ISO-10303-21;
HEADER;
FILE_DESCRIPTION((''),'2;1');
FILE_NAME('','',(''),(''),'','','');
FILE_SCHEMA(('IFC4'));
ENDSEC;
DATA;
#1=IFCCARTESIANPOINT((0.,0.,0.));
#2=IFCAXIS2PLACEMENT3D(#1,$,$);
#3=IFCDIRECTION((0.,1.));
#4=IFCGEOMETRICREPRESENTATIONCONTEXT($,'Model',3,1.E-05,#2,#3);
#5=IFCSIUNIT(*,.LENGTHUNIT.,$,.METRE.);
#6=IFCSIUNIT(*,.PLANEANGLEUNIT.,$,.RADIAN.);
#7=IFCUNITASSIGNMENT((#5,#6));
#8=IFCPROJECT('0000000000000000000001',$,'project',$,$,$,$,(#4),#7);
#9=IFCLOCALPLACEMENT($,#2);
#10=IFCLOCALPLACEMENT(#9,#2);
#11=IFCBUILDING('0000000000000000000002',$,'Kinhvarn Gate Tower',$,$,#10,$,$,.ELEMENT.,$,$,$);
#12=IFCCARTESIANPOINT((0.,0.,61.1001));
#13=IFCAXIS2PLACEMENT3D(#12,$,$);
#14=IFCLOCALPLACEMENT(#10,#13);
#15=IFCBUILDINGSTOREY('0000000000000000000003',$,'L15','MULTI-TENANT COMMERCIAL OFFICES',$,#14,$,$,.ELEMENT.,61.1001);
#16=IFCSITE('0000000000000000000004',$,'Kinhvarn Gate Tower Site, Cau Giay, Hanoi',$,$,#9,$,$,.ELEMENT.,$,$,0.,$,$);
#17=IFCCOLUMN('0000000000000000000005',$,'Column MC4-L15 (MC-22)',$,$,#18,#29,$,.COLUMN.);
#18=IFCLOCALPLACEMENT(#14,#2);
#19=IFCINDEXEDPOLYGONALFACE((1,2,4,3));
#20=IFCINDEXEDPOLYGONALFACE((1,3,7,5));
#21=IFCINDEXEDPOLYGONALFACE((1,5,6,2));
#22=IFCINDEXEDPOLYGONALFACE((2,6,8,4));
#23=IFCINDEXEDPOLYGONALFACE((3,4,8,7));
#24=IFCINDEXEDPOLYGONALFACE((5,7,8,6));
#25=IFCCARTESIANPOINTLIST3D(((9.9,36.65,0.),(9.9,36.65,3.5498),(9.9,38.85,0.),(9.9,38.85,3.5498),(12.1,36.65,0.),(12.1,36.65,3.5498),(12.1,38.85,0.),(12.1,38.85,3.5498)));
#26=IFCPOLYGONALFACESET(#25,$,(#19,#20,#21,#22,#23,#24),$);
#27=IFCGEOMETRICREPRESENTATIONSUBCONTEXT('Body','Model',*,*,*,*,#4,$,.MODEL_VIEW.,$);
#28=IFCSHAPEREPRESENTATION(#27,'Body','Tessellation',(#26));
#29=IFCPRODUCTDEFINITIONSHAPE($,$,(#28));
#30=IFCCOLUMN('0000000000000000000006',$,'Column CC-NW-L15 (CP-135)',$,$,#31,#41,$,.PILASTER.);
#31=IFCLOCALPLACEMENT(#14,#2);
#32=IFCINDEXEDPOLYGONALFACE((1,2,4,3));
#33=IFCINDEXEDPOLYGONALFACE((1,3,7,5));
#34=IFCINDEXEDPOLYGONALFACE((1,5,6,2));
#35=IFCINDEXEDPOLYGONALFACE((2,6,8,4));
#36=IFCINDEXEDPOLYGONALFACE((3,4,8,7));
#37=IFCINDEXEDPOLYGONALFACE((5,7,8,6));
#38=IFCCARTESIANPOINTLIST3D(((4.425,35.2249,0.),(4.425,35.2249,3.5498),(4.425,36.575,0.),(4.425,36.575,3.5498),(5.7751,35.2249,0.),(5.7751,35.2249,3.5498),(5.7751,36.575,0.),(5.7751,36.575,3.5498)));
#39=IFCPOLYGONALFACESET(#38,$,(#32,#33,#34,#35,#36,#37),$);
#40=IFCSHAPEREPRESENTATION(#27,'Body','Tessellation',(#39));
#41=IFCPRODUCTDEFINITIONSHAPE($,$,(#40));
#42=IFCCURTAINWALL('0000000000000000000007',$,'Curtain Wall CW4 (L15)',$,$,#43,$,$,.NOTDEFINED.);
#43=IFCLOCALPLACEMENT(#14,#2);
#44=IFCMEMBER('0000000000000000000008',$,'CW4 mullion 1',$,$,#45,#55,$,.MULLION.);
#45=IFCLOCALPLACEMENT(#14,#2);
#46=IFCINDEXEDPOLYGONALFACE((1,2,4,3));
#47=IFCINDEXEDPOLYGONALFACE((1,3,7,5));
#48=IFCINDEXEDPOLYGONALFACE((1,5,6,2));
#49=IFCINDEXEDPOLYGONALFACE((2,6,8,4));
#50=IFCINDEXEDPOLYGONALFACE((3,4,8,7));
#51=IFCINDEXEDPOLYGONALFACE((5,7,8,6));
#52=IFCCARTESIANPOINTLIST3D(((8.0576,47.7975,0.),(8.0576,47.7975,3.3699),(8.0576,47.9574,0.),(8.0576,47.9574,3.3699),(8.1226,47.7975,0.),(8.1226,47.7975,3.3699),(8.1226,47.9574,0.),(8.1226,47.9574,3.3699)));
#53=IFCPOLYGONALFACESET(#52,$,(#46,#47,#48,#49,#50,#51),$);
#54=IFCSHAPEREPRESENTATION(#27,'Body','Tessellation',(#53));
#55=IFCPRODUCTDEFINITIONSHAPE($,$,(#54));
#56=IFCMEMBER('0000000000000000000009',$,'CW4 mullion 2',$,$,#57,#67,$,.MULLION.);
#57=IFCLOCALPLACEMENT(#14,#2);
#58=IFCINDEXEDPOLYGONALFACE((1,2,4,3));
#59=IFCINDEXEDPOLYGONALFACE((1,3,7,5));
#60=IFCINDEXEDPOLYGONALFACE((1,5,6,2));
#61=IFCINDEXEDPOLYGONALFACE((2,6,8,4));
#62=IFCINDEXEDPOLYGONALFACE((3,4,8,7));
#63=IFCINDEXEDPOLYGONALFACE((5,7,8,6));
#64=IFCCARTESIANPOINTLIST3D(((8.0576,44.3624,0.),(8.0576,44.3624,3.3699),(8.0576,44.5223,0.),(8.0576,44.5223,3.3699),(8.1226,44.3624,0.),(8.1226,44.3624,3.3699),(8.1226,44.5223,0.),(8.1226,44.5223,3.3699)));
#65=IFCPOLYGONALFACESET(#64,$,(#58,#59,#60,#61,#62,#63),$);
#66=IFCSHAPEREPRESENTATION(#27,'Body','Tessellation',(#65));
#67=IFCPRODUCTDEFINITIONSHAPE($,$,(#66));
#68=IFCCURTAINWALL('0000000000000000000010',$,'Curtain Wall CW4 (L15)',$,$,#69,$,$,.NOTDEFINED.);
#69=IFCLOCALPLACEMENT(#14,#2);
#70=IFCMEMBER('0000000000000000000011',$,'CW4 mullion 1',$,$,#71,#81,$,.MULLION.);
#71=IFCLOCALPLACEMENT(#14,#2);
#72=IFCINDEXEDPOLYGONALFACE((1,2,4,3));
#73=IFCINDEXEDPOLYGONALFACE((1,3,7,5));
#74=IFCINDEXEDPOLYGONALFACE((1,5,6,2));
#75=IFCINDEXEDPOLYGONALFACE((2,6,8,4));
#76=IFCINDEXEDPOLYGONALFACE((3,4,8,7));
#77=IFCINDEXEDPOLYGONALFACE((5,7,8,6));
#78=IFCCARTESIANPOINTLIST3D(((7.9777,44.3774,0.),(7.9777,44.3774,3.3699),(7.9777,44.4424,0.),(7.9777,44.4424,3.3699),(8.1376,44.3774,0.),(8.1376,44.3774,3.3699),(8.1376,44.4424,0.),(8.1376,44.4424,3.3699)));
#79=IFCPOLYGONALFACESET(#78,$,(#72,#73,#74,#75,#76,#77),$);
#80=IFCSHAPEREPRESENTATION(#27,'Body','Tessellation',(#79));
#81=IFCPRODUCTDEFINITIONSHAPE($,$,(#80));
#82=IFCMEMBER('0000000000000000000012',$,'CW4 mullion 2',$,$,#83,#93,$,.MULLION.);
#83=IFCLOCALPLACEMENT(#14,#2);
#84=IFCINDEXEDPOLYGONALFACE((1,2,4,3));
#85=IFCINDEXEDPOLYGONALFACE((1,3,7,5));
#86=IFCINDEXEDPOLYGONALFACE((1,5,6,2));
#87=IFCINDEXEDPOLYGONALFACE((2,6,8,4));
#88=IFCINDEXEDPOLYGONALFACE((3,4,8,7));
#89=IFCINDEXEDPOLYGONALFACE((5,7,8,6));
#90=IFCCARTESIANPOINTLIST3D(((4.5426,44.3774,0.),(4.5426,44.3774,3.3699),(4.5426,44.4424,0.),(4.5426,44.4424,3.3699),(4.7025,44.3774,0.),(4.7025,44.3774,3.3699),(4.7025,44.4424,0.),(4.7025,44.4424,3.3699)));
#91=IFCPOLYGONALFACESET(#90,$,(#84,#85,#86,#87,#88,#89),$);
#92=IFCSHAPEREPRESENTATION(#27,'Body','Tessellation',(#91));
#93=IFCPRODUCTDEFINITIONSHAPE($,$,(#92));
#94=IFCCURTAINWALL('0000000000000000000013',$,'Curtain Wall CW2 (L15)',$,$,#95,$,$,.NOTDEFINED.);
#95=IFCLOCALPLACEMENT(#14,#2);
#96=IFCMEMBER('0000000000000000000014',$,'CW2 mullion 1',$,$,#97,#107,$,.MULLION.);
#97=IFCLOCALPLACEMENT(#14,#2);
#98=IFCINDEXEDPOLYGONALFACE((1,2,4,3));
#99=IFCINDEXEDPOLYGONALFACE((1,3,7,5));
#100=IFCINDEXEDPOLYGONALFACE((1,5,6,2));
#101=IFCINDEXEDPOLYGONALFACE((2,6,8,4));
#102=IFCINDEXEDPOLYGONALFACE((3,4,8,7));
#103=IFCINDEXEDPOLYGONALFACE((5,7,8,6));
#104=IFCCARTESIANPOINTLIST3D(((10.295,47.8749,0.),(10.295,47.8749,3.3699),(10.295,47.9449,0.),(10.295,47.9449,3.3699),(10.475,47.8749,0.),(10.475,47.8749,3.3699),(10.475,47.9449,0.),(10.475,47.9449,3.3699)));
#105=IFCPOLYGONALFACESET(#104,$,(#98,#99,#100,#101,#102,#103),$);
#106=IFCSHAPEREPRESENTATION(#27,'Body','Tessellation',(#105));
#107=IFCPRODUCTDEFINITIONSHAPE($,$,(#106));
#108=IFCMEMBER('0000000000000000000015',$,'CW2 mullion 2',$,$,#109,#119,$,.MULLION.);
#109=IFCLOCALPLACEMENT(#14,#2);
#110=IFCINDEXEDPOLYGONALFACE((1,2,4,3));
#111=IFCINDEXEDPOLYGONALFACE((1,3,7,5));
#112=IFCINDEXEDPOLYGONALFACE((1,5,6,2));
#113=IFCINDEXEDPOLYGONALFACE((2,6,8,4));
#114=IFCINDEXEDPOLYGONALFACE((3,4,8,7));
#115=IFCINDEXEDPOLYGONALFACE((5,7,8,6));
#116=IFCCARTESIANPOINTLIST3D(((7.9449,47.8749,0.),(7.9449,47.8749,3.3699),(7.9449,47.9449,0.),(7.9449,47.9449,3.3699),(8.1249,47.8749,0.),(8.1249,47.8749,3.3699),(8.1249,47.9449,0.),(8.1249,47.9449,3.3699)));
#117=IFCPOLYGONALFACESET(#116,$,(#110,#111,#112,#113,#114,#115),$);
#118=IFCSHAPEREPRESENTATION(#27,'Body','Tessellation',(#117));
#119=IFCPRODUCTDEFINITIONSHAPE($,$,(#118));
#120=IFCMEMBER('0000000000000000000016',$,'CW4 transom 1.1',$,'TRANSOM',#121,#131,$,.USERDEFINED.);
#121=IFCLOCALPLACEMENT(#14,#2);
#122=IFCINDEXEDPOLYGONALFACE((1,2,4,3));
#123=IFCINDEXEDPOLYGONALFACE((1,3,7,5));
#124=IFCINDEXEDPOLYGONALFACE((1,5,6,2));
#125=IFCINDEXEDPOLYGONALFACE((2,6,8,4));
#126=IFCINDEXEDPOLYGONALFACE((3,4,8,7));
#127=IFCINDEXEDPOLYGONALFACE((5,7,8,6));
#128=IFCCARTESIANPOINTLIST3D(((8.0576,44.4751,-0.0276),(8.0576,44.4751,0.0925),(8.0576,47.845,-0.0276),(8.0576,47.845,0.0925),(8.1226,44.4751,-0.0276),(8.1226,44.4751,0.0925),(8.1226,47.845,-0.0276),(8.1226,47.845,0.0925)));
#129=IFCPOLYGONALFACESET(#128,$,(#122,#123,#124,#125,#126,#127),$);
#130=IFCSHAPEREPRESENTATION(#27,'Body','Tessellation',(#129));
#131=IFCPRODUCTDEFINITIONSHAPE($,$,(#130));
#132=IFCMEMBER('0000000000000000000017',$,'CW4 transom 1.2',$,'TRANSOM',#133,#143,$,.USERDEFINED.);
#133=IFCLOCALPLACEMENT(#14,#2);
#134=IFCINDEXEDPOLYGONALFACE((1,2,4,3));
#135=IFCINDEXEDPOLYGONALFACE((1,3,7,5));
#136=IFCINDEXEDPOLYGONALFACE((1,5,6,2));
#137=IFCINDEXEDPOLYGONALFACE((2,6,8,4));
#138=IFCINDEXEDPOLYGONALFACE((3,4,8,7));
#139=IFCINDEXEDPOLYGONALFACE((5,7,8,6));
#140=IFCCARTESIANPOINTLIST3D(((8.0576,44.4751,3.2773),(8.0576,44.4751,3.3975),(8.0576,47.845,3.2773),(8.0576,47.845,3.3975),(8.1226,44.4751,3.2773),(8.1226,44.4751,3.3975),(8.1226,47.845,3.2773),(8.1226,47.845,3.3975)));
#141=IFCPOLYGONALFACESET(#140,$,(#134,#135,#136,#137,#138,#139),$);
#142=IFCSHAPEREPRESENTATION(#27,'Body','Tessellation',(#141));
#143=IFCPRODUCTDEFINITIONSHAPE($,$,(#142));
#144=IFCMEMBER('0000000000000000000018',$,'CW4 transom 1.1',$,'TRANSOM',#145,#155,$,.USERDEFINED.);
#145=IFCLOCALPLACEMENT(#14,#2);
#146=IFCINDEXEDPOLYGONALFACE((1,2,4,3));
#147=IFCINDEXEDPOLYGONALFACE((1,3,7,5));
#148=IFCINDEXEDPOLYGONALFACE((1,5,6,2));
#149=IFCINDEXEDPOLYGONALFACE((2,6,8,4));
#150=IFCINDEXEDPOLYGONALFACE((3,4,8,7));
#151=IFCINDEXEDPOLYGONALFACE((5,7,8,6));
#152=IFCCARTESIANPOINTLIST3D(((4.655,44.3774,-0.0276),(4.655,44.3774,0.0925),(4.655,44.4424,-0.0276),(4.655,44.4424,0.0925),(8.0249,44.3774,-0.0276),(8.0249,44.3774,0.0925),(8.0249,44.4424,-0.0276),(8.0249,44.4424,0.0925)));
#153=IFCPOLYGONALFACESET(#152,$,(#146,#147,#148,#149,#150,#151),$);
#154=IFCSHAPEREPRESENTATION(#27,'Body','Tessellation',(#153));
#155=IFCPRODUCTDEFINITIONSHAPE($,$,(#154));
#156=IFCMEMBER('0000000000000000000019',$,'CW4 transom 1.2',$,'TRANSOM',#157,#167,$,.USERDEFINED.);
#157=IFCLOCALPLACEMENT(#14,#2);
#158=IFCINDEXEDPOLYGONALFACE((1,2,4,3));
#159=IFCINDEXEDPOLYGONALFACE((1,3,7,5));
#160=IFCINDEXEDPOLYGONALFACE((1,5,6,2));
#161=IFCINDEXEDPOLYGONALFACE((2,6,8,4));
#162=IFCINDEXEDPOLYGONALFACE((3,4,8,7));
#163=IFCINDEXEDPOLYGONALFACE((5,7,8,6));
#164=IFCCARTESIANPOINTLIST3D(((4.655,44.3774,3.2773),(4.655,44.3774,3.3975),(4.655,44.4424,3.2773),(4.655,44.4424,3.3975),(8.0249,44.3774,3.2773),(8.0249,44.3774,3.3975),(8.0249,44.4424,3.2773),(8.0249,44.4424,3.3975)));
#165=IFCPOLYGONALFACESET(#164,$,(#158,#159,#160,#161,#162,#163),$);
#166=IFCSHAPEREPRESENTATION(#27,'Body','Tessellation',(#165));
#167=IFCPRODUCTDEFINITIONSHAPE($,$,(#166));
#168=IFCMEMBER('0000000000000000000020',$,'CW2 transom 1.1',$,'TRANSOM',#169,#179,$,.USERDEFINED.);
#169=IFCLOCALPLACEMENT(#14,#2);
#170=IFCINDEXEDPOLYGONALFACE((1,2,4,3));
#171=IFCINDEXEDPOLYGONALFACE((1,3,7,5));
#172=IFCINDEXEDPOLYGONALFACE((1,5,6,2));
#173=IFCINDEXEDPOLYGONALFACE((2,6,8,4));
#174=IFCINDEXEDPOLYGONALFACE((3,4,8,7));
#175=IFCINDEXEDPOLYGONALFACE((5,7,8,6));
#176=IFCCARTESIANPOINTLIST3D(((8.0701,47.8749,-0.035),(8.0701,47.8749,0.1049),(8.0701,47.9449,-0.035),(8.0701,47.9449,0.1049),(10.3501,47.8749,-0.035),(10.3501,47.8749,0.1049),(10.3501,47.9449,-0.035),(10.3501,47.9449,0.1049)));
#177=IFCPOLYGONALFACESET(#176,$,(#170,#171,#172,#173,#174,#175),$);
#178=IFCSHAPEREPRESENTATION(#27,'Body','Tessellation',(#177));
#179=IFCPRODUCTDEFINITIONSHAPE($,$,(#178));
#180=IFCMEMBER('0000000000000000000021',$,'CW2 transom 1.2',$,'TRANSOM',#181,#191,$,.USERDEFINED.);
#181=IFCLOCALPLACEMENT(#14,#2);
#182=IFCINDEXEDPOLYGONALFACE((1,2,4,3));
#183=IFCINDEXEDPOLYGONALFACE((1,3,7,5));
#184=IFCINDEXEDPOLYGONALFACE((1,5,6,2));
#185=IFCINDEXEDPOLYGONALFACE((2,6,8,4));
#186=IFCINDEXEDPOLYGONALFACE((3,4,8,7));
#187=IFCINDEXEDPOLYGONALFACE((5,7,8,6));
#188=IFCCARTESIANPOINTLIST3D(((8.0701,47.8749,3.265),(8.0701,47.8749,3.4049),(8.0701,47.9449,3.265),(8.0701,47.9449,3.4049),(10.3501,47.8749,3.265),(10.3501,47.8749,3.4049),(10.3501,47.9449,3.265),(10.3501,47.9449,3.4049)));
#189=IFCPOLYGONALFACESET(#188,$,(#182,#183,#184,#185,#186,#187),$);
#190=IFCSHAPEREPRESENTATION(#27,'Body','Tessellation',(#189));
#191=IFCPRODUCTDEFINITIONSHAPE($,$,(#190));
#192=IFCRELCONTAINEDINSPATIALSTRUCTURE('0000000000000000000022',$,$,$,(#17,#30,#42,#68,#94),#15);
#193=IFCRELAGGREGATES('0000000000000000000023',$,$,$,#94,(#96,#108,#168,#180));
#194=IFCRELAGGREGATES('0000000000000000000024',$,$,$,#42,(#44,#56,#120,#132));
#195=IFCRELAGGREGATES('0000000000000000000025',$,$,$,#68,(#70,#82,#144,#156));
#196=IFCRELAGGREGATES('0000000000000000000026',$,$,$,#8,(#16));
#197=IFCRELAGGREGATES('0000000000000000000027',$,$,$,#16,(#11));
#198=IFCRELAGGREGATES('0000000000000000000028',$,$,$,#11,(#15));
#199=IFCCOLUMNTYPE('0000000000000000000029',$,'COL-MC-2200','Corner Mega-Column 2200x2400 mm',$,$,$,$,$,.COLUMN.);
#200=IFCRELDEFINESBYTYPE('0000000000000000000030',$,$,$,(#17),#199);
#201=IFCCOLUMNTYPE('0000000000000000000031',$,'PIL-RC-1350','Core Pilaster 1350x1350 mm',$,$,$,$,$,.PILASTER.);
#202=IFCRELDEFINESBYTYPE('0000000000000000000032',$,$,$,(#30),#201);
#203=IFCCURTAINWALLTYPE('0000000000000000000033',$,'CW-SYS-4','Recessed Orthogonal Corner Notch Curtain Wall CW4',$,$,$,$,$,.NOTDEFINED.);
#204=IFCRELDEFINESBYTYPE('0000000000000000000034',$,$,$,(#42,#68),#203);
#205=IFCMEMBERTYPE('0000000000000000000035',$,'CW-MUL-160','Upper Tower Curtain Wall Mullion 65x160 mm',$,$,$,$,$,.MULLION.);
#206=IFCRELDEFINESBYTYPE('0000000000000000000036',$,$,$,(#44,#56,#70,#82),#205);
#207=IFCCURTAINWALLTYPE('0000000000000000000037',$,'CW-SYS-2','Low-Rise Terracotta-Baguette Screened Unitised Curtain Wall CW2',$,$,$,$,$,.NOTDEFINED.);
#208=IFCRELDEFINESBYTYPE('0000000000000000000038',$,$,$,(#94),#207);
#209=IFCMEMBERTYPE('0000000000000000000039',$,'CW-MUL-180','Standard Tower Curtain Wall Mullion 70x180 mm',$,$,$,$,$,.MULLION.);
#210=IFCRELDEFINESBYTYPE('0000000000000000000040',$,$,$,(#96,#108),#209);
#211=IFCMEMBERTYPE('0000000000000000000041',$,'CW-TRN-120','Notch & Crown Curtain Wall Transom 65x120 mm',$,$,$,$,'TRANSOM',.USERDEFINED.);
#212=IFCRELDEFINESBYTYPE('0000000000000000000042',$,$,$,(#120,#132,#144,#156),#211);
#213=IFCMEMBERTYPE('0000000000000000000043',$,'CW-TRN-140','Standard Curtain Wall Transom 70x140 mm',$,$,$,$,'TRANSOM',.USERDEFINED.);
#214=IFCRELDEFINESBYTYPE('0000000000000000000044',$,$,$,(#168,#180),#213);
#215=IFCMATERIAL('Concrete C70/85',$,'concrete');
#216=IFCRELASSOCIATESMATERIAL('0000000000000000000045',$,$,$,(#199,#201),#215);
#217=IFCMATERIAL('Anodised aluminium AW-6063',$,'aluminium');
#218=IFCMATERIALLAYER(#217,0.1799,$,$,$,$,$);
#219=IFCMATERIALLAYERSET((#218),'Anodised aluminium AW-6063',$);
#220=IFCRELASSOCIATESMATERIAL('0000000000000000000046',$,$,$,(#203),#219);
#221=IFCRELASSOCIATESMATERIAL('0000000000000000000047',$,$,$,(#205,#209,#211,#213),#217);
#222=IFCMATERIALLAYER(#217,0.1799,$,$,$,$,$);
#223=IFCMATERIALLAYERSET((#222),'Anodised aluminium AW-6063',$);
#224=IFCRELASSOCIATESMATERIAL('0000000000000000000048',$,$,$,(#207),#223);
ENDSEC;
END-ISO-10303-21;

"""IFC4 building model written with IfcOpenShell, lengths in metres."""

from ifc_helpers import new_model, si_unit, direction, frame, origin, origin_2d, place, context, subcontext, project, spatial, rectangle, extrude, material, layer, layer_set, material_profile, profile_set, type_object, element, aggregate, save


model = new_model("IFC4")

# Units and contexts
model_context = context("Model", 3, precision=1e-05, world=origin(), true_north=direction((0.0, 1.0)))
body_context = subcontext(model_context, "Body", "Model", "MODEL_VIEW")
ifc_project = project(units=[si_unit("LENGTHUNIT", "METRE"), si_unit("PLANEANGLEUNIT", "RADIAN")], contexts=[model_context])

# Site, building, storey
site_placement = place(None, origin())
site = spatial("IfcSite", under=ifc_project, at=site_placement, Name="Kinhvarn Gate Tower Site, Cau Giay, Hanoi", CompositionType="ELEMENT", RefElevation=0.0)
building_placement = place(site_placement, origin())
building = spatial("IfcBuilding", under=site, at=building_placement, Name="Kinhvarn Gate Tower", CompositionType="ELEMENT")
storey_placement = place(building_placement, frame((0.0, 0.0, 61.1001)))
storey = spatial("IfcBuildingStorey", under=building, at=storey_placement, Name="L15", Description="MULTI-TENANT COMMERCIAL OFFICES", CompositionType="ELEMENT", Elevation=61.1001)

# Columns
ifc_material_1 = material(Name="Concrete C70/85", Category="concrete")
ifc_material_profile_1 = material_profile(ifc_material_1, rectangle(XDim=2.2, YDim=2.2, at=origin_2d()), Name="RC 2200x2200")
ifc_profile_set_1 = profile_set([ifc_material_profile_1], Name="Concrete C70/85")
column_type_1 = type_object("IfcColumnType", Name="COL-MC-2200", Description="Corner Mega-Column 2200x2400 mm", PredefinedType="COLUMN", material=ifc_profile_set_1)
column_1_placement = place(storey_placement, frame((11.0, 37.75, 0.0), z_axis=(0.0, 0.0, 1.0), x_axis=(1.0, 0.0, 0.0)))
element("IfcColumn", 1, at=column_1_placement, inside=storey, type_object=column_type_1, Name="Column MC4-L15 (MC-22)", PredefinedType="COLUMN", context=body_context, shape_type="SweptSolid", body=[
    extrude(rectangle(XDim=2.2, YDim=2.2, at=origin_2d()), origin(), (0.0, 0.0, 1.0), 3.5498),
])
ifc_material_profile_2 = material_profile(ifc_material_1, rectangle(XDim=1.3501, YDim=1.3501, at=origin_2d()), Name="RC 1350x1350")
ifc_profile_set_2 = profile_set([ifc_material_profile_2], Name="Concrete C70/85")
column_type_2 = type_object("IfcColumnType", Name="PIL-RC-1350", Description="Core Pilaster 1350x1350 mm", PredefinedType="PILASTER", material=ifc_profile_set_2)
column_2_placement = place(storey_placement, frame((5.1001, 35.8999, 0.0), z_axis=(0.0, 0.0, 1.0), x_axis=(1.0, 0.0, 0.0)))
element("IfcColumn", 2, at=column_2_placement, inside=storey, type_object=column_type_2, Name="Column CC-NW-L15 (CP-135)", PredefinedType="PILASTER", context=body_context, shape_type="SweptSolid", body=[
    extrude(rectangle(XDim=1.3501, YDim=1.3501, at=origin_2d()), origin(), (0.0, 0.0, 1.0), 3.5498),
])

# Curtain walls, members
ifc_material_2 = material(Name="Anodised aluminium AW-6063", Category="aluminium")
ifc_layer_1 = layer(ifc_material_2, 0.1799)
ifc_layer_set_1 = layer_set([ifc_layer_1], Name="Anodised aluminium AW-6063")
curtain_wall_type_1 = type_object("IfcCurtainWallType", Name="CW-SYS-4", Description="Recessed Orthogonal Corner Notch Curtain Wall CW4", PredefinedType="NOTDEFINED", material=ifc_layer_set_1)
curtain_wall_1_placement = place(storey_placement, origin())
curtain_wall_1 = element("IfcCurtainWall", 3, at=curtain_wall_1_placement, inside=storey, type_object=curtain_wall_type_1, Name="Curtain Wall CW4 (L15)", PredefinedType="NOTDEFINED")
ifc_material_profile_3 = material_profile(ifc_material_2, rectangle(XDim=0.0649, YDim=0.1599, at=origin_2d()), Name="ALU 65x160")
ifc_profile_set_3 = profile_set([ifc_material_profile_3], Name="Anodised aluminium AW-6063")
member_type_1 = type_object("IfcMemberType", Name="CW-MUL-160", Description="Upper Tower Curtain Wall Mullion 65x160 mm", PredefinedType="MULLION", material=ifc_profile_set_3)
member_1_placement = place(storey_placement, frame((8.0901, 47.8774, 0.0), z_axis=(0.0, 0.0, 1.0), x_axis=(1.0, 0.0, 0.0)))
member_1 = element("IfcMember", 4, at=member_1_placement, type_object=member_type_1, Name="CW4 mullion 1", PredefinedType="MULLION", context=body_context, shape_type="SweptSolid", body=[
    extrude(rectangle(XDim=0.0649, YDim=0.1599, at=origin_2d()), origin(), (0.0, 0.0, 1.0), 3.3699),
])
member_2_placement = place(storey_placement, frame((8.0901, 44.4424, 0.0), z_axis=(0.0, 0.0, 1.0), x_axis=(1.0, 0.0, 0.0)))
member_2 = element("IfcMember", 5, at=member_2_placement, type_object=member_type_1, Name="CW4 mullion 2", PredefinedType="MULLION", context=body_context, shape_type="SweptSolid", body=[
    extrude(rectangle(XDim=0.0649, YDim=0.1599, at=origin_2d()), origin(), (0.0, 0.0, 1.0), 3.3699),
])
curtain_wall_2_placement = place(storey_placement, origin())
curtain_wall_2 = element("IfcCurtainWall", 6, at=curtain_wall_2_placement, inside=storey, type_object=curtain_wall_type_1, Name="Curtain Wall CW4 (L15)", PredefinedType="NOTDEFINED")
member_3_placement = place(storey_placement, frame((8.0576, 44.4099, 0.0), z_axis=(0.0, 0.0, 1.0), x_axis=(0.0, -1.0, 0.0)))
member_3 = element("IfcMember", 7, at=member_3_placement, type_object=member_type_1, Name="CW4 mullion 1", PredefinedType="MULLION", context=body_context, shape_type="SweptSolid", body=[
    extrude(rectangle(XDim=0.0649, YDim=0.1599, at=origin_2d()), origin(), (0.0, 0.0, 1.0), 3.3699),
])
member_4_placement = place(storey_placement, frame((4.6226, 44.4099, 0.0), z_axis=(0.0, 0.0, 1.0), x_axis=(0.0, -1.0, 0.0)))
member_4 = element("IfcMember", 8, at=member_4_placement, type_object=member_type_1, Name="CW4 mullion 2", PredefinedType="MULLION", context=body_context, shape_type="SweptSolid", body=[
    extrude(rectangle(XDim=0.0649, YDim=0.1599, at=origin_2d()), origin(), (0.0, 0.0, 1.0), 3.3699),
])
ifc_layer_2 = layer(ifc_material_2, 0.1799)
ifc_layer_set_2 = layer_set([ifc_layer_2], Name="Anodised aluminium AW-6063")
curtain_wall_type_2 = type_object("IfcCurtainWallType", Name="CW-SYS-2", Description="Low-Rise Terracotta-Baguette Screened Unitised Curtain Wall CW2", PredefinedType="NOTDEFINED", material=ifc_layer_set_2)
curtain_wall_3_placement = place(storey_placement, origin())
curtain_wall_3 = element("IfcCurtainWall", 9, at=curtain_wall_3_placement, inside=storey, type_object=curtain_wall_type_2, Name="Curtain Wall CW2 (L15)", PredefinedType="NOTDEFINED")
ifc_material_profile_4 = material_profile(ifc_material_2, rectangle(XDim=0.0701, YDim=0.1799, at=origin_2d()), Name="ALU 70x180")
ifc_profile_set_4 = profile_set([ifc_material_profile_4], Name="Anodised aluminium AW-6063")
member_type_2 = type_object("IfcMemberType", Name="CW-MUL-180", Description="Standard Tower Curtain Wall Mullion 70x180 mm", PredefinedType="MULLION", material=ifc_profile_set_4)
member_5_placement = place(storey_placement, frame((10.385, 47.9099, 0.0), z_axis=(0.0, 0.0, 1.0), x_axis=(0.0, -1.0, 0.0)))
member_5 = element("IfcMember", 10, at=member_5_placement, type_object=member_type_2, Name="CW2 mullion 1", PredefinedType="MULLION", context=body_context, shape_type="SweptSolid", body=[
    extrude(rectangle(XDim=0.0701, YDim=0.1799, at=origin_2d()), origin(), (0.0, 0.0, 1.0), 3.3699),
])
member_6_placement = place(storey_placement, frame((8.0349, 47.9099, 0.0), z_axis=(0.0, 0.0, 1.0), x_axis=(0.0, -1.0, 0.0)))
member_6 = element("IfcMember", 11, at=member_6_placement, type_object=member_type_2, Name="CW2 mullion 2", PredefinedType="MULLION", context=body_context, shape_type="SweptSolid", body=[
    extrude(rectangle(XDim=0.0701, YDim=0.1799, at=origin_2d()), origin(), (0.0, 0.0, 1.0), 3.3699),
])

# Members
ifc_material_profile_5 = material_profile(ifc_material_2, rectangle(XDim=0.0649, YDim=0.1201, at=origin_2d()), Name="ALU 65x120")
ifc_profile_set_5 = profile_set([ifc_material_profile_5], Name="Anodised aluminium AW-6063")
member_type_3 = type_object("IfcMemberType", Name="CW-TRN-120", Description="Notch & Crown Curtain Wall Transom 65x120 mm", ElementType="TRANSOM", PredefinedType="USERDEFINED", material=ifc_profile_set_5)
member_7_placement = place(storey_placement, frame((8.0901, 47.845, 0.0325), z_axis=(0.0, -1.0, 0.0), x_axis=(1.0, 0.0, 0.0)))
member_7 = element("IfcMember", 12, at=member_7_placement, type_object=member_type_3, Name="CW4 transom 1.1", ObjectType="TRANSOM", PredefinedType="USERDEFINED", context=body_context, shape_type="SweptSolid", body=[
    extrude(rectangle(XDim=0.0649, YDim=0.1201, at=origin_2d()), origin(), (0.0, 0.0, 1.0), 3.3699),
])
member_8_placement = place(storey_placement, frame((8.0901, 47.845, 3.3374), z_axis=(0.0, -1.0, 0.0), x_axis=(1.0, 0.0, 0.0)))
member_8 = element("IfcMember", 13, at=member_8_placement, type_object=member_type_3, Name="CW4 transom 1.2", ObjectType="TRANSOM", PredefinedType="USERDEFINED", context=body_context, shape_type="SweptSolid", body=[
    extrude(rectangle(XDim=0.0649, YDim=0.1201, at=origin_2d()), origin(), (0.0, 0.0, 1.0), 3.3699),
])
member_9_placement = place(storey_placement, frame((8.0249, 44.4099, 0.0325), z_axis=(-1.0, 0.0, 0.0), x_axis=(0.0, -1.0, 0.0)))
member_9 = element("IfcMember", 14, at=member_9_placement, type_object=member_type_3, Name="CW4 transom 1.1", ObjectType="TRANSOM", PredefinedType="USERDEFINED", context=body_context, shape_type="SweptSolid", body=[
    extrude(rectangle(XDim=0.0649, YDim=0.1201, at=origin_2d()), origin(), (0.0, 0.0, 1.0), 3.3699),
])
member_10_placement = place(storey_placement, frame((8.0249, 44.4099, 3.3374), z_axis=(-1.0, 0.0, 0.0), x_axis=(0.0, -1.0, 0.0)))
member_10 = element("IfcMember", 15, at=member_10_placement, type_object=member_type_3, Name="CW4 transom 1.2", ObjectType="TRANSOM", PredefinedType="USERDEFINED", context=body_context, shape_type="SweptSolid", body=[
    extrude(rectangle(XDim=0.0649, YDim=0.1201, at=origin_2d()), origin(), (0.0, 0.0, 1.0), 3.3699),
])
ifc_material_profile_6 = material_profile(ifc_material_2, rectangle(XDim=0.0701, YDim=0.1399, at=origin_2d()), Name="ALU 70x140")
ifc_profile_set_6 = profile_set([ifc_material_profile_6], Name="Anodised aluminium AW-6063")
member_type_4 = type_object("IfcMemberType", Name="CW-TRN-140", Description="Standard Curtain Wall Transom 70x140 mm", ElementType="TRANSOM", PredefinedType="USERDEFINED", material=ifc_profile_set_6)
member_11_placement = place(storey_placement, frame((10.3501, 47.9099, 0.0349), z_axis=(-1.0, 0.0, 0.0), x_axis=(0.0, -1.0, 0.0)))
member_11 = element("IfcMember", 16, at=member_11_placement, type_object=member_type_4, Name="CW2 transom 1.1", ObjectType="TRANSOM", PredefinedType="USERDEFINED", context=body_context, shape_type="SweptSolid", body=[
    extrude(rectangle(XDim=0.0701, YDim=0.1399, at=origin_2d()), origin(), (0.0, 0.0, 1.0), 2.28),
])
member_12_placement = place(storey_placement, frame((10.3501, 47.9099, 3.335), z_axis=(-1.0, 0.0, 0.0), x_axis=(0.0, -1.0, 0.0)))
member_12 = element("IfcMember", 17, at=member_12_placement, type_object=member_type_4, Name="CW2 transom 1.2", ObjectType="TRANSOM", PredefinedType="USERDEFINED", context=body_context, shape_type="SweptSolid", body=[
    extrude(rectangle(XDim=0.0701, YDim=0.1399, at=origin_2d()), origin(), (0.0, 0.0, 1.0), 2.28),
])

aggregate(curtain_wall_3, [member_5, member_6, member_11, member_12])
aggregate(curtain_wall_1, [member_1, member_2, member_7, member_8])
aggregate(curtain_wall_2, [member_3, member_4, member_9, member_10])

save(model, "model.ifc")
